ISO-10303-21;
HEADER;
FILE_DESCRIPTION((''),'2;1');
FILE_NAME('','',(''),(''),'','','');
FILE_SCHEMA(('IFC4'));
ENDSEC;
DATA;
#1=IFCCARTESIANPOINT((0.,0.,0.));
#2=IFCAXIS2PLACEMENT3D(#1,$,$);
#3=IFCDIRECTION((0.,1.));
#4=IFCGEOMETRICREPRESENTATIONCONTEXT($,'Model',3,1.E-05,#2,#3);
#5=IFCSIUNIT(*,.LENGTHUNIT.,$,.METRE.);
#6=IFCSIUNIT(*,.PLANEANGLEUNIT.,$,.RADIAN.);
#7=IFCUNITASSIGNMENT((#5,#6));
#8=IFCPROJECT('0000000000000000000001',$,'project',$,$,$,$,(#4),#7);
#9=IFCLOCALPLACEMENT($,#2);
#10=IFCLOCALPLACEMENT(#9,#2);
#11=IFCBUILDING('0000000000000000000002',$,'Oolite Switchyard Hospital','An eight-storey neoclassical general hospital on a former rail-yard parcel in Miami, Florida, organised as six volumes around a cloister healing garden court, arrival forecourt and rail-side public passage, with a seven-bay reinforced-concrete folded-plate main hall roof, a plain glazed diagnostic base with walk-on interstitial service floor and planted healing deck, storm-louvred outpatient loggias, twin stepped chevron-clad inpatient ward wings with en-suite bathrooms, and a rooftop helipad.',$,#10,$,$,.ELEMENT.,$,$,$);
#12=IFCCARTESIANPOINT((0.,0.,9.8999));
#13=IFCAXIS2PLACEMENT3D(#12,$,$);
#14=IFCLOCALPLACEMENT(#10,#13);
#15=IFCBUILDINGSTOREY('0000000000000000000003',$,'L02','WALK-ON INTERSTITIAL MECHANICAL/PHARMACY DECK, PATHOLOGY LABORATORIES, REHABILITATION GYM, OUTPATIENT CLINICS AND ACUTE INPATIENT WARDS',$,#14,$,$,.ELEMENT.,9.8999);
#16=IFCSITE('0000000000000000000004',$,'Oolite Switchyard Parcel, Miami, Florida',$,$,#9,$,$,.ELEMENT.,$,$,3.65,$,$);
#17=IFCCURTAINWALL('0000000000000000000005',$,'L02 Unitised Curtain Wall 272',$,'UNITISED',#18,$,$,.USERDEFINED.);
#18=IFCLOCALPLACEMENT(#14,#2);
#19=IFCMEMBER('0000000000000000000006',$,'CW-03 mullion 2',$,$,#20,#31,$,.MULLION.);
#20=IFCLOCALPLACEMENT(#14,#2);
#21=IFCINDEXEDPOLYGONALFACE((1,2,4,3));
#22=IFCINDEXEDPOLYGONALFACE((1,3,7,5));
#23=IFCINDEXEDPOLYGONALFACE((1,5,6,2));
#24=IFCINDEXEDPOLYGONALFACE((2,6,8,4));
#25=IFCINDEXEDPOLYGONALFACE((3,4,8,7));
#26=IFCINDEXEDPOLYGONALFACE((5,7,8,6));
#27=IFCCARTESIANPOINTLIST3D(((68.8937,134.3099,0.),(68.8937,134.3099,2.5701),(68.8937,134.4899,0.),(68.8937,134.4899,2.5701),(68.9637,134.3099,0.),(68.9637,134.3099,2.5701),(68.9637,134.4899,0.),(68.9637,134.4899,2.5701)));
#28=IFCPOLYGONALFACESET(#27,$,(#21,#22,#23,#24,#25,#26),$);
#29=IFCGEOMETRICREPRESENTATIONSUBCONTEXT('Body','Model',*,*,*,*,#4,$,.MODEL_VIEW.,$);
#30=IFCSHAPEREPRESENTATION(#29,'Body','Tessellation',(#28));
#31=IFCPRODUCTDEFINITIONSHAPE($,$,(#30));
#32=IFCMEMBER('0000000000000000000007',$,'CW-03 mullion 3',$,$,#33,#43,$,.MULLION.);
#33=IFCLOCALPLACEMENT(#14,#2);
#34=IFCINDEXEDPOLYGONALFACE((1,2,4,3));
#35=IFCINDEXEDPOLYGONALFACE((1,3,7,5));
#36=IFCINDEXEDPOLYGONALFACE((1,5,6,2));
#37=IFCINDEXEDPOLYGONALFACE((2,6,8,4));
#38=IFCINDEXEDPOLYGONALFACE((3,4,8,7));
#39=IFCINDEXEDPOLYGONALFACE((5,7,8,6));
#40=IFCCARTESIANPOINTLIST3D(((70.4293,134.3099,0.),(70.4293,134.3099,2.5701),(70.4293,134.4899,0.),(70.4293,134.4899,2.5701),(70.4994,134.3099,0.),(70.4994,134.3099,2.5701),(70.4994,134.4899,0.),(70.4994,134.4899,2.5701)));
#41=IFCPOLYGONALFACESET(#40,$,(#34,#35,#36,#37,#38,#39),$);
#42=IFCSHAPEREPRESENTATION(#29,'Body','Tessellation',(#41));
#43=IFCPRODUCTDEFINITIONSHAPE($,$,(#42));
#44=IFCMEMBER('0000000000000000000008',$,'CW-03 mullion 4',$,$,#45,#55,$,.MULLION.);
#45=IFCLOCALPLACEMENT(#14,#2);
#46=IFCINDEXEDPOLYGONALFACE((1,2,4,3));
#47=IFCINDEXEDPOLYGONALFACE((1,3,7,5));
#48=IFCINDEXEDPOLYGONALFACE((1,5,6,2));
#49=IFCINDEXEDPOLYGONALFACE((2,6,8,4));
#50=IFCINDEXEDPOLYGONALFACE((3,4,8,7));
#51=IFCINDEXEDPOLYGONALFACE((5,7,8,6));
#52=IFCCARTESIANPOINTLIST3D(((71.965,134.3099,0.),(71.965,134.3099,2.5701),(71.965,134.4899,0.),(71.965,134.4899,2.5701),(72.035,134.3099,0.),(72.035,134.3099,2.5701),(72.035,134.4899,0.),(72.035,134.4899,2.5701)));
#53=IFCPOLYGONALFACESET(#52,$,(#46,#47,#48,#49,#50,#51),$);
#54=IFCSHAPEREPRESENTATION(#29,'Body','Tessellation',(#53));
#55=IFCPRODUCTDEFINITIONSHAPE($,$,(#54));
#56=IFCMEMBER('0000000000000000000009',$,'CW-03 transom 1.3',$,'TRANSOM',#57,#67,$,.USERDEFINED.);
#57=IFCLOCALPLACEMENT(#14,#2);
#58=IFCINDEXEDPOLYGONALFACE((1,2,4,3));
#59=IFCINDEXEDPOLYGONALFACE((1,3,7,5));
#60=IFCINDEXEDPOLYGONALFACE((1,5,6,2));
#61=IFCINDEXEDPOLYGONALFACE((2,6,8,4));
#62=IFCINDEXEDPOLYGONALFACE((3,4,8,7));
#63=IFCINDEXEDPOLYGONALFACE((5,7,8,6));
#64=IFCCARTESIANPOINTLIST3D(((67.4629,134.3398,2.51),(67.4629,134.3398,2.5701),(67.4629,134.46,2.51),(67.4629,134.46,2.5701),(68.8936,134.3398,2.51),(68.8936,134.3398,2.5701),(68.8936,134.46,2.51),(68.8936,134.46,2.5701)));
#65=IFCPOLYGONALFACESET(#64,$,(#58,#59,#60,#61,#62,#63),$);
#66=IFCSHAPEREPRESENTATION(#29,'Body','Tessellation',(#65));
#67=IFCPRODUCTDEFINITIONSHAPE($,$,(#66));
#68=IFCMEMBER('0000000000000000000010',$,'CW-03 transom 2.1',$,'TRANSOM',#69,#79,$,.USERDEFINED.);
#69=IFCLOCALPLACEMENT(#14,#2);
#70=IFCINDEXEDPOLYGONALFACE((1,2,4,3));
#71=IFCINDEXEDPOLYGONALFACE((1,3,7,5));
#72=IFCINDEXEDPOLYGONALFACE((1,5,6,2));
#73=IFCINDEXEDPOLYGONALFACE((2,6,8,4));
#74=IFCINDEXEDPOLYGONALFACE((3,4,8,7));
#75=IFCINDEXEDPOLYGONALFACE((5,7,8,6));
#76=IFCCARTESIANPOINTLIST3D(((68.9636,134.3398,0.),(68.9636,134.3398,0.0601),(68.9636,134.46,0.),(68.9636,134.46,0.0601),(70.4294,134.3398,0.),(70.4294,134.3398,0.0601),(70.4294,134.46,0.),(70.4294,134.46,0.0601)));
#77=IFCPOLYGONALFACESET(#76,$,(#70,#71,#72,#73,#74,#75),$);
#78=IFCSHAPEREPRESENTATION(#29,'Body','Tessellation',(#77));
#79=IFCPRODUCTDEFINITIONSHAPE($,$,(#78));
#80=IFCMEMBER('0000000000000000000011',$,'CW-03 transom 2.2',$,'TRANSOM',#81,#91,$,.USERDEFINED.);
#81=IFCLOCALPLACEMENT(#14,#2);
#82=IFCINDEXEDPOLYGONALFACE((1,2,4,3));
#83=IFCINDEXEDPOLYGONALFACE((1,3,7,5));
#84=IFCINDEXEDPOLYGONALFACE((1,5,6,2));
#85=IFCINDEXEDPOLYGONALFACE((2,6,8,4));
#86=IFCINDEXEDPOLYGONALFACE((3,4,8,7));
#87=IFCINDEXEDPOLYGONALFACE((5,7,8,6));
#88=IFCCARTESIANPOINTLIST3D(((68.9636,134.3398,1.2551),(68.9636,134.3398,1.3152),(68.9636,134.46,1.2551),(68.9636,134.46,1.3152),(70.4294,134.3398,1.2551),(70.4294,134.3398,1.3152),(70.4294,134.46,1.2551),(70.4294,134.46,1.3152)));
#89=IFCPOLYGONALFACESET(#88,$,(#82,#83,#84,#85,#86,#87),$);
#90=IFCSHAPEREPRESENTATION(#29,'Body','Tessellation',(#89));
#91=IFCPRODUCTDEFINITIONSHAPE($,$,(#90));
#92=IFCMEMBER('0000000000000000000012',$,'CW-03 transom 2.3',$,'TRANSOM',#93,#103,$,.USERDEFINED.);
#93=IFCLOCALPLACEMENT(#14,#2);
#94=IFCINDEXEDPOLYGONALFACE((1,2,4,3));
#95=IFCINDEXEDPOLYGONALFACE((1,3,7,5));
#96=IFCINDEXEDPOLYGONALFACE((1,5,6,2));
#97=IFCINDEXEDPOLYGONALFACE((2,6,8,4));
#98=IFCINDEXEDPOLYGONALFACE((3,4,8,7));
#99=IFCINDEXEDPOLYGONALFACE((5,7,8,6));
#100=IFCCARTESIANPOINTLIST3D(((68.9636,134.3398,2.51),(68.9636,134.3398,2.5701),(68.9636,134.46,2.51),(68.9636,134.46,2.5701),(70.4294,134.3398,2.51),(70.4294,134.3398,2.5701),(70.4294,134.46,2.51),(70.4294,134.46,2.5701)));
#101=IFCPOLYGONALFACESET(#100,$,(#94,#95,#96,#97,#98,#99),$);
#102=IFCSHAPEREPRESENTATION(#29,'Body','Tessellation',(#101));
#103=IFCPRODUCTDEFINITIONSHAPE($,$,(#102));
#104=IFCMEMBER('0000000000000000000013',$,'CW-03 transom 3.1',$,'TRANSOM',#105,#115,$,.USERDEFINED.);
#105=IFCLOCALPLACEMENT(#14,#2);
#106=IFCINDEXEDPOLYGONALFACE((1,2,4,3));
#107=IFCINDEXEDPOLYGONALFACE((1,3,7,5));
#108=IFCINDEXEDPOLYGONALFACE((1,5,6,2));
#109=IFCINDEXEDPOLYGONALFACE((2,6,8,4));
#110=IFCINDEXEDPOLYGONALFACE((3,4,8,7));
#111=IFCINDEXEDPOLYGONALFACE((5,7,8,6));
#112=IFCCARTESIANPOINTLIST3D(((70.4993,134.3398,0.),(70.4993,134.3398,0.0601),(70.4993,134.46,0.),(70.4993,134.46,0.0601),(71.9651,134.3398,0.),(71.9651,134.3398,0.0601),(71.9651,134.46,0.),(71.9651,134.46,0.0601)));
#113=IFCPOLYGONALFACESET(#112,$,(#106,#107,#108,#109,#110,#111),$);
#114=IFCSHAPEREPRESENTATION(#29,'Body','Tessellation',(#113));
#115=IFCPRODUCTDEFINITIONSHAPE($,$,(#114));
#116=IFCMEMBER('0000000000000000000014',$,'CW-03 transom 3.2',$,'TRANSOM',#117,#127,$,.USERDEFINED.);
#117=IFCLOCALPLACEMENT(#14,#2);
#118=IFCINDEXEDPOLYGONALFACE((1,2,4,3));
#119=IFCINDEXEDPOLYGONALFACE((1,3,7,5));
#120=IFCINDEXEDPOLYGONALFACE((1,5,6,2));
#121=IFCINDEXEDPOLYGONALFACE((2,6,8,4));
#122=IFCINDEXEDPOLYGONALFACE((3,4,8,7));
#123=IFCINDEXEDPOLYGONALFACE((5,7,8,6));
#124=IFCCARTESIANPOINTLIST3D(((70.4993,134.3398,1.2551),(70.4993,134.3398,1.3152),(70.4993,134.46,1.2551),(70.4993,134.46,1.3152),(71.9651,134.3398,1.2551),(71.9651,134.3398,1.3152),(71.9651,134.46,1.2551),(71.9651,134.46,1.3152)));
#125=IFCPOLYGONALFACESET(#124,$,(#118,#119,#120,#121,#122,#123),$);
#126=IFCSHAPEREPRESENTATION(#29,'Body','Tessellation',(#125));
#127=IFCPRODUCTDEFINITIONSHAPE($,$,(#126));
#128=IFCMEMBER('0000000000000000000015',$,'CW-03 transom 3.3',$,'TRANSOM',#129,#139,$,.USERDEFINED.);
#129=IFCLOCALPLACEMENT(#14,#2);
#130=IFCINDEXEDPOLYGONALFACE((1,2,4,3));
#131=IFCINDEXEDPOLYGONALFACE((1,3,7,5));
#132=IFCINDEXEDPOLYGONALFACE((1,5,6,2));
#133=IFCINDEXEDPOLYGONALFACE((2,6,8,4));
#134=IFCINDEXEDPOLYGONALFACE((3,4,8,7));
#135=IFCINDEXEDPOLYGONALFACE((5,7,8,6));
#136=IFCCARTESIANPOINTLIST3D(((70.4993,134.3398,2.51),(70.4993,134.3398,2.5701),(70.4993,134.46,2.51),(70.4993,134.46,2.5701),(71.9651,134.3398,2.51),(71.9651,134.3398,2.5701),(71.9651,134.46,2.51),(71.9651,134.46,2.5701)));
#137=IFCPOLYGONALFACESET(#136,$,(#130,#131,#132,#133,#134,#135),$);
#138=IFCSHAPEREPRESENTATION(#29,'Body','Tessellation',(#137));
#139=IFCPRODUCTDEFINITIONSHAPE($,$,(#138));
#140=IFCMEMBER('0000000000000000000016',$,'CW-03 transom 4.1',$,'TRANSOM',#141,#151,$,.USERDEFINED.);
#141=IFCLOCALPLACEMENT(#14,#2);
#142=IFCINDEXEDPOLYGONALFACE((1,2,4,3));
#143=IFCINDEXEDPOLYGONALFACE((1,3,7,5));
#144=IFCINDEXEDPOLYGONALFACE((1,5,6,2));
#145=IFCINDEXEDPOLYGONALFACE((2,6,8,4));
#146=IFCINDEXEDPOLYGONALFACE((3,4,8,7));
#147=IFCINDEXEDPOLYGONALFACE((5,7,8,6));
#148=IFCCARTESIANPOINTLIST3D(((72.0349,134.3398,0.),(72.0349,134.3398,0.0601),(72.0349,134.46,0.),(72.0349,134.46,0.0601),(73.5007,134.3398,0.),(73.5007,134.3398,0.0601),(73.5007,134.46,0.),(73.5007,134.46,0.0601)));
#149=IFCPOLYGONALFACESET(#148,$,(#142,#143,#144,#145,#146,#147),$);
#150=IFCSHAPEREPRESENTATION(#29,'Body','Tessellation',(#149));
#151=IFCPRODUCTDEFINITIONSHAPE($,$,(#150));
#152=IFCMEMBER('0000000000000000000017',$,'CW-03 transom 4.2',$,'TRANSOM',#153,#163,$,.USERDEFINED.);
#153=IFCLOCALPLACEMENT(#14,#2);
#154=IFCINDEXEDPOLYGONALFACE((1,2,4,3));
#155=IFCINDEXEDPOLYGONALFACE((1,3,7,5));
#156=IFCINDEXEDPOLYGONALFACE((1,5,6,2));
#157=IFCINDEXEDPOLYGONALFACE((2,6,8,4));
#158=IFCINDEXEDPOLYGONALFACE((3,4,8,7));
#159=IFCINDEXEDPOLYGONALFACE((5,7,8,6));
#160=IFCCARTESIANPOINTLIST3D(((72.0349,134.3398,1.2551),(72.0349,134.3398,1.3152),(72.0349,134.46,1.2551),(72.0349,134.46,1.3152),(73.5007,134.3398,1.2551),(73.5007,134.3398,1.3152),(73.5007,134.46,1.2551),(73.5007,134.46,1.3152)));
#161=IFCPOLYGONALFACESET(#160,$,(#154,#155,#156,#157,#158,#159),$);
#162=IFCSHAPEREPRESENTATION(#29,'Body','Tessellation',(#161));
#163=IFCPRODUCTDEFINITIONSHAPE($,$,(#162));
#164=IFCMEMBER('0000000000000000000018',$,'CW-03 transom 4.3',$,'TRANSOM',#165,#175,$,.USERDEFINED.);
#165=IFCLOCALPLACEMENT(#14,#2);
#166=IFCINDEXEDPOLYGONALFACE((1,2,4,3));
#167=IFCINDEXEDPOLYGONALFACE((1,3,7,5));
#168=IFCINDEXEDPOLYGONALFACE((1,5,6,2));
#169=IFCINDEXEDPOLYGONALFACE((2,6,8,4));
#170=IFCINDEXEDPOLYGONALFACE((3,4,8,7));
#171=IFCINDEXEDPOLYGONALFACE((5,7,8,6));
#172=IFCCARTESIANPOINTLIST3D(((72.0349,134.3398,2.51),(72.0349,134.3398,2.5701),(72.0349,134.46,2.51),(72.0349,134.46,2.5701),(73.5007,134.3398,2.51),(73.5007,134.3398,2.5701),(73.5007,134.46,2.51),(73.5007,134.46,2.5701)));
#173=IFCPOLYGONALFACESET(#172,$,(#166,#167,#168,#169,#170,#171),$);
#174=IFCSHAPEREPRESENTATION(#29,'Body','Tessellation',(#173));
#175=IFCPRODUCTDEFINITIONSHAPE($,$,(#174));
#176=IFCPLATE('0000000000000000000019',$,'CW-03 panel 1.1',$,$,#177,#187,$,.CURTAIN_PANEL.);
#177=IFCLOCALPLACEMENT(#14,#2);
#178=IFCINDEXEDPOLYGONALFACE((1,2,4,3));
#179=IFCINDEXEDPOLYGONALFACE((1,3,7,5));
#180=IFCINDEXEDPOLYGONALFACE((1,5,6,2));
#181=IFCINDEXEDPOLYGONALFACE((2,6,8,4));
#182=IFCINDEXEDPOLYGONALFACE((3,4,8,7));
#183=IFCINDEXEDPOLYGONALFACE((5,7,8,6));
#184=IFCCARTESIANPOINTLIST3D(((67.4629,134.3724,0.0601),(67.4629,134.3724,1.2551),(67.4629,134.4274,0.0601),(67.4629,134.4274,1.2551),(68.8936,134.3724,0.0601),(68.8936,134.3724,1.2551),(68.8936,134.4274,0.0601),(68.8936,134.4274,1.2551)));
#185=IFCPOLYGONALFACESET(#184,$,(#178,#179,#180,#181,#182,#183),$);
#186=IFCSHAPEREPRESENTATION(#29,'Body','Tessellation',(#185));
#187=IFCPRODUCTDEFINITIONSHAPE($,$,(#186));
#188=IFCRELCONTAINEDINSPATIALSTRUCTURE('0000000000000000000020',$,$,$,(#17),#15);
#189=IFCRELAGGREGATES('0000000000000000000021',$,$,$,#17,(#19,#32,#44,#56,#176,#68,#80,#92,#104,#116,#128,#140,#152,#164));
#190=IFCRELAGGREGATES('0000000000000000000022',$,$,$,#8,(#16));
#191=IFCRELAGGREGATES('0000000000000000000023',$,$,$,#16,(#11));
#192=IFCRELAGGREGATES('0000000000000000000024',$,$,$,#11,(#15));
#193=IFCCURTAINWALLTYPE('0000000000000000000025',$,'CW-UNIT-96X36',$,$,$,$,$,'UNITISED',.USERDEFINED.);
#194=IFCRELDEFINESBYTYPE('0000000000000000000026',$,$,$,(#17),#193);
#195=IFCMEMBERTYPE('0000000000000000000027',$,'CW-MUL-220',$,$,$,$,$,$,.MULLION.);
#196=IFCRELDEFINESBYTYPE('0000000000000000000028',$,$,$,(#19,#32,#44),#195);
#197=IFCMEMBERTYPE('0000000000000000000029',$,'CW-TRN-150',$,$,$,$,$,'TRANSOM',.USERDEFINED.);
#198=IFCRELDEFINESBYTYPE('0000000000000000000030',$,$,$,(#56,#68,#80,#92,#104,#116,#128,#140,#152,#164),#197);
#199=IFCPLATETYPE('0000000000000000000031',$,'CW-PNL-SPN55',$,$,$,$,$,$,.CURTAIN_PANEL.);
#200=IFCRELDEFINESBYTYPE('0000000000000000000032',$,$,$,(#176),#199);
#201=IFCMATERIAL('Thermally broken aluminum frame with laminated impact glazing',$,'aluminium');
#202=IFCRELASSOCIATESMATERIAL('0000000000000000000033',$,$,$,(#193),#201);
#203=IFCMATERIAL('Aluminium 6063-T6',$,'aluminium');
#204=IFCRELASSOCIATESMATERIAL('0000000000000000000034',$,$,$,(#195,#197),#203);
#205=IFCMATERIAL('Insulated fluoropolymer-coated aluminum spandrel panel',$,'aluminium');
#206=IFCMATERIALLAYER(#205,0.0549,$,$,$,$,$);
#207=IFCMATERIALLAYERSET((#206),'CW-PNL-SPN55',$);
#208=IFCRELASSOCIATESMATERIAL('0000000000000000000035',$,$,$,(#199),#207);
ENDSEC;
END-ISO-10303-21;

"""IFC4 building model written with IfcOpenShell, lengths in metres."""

from ifc_helpers import new_model, si_unit, direction, frame, origin, origin_2d, place, context, subcontext, project, spatial, rectangle, extrude, material, layer, layer_set, material_profile, profile_set, type_object, element, aggregate, save


model = new_model("IFC4")

# Units and contexts
model_context = context("Model", 3, precision=1e-05, world=origin(), true_north=direction((0.0, 1.0)))
body_context = subcontext(model_context, "Body", "Model", "MODEL_VIEW")
ifc_project = project(units=[si_unit("LENGTHUNIT", "METRE"), si_unit("PLANEANGLEUNIT", "RADIAN")], contexts=[model_context])

# Site, building, storey
site_placement = place(None, origin())
site = spatial("IfcSite", under=ifc_project, at=site_placement, Name="Oolite Switchyard Parcel, Miami, Florida", CompositionType="ELEMENT", RefElevation=3.65)
building_placement = place(site_placement, origin())
building = spatial("IfcBuilding", under=site, at=building_placement, Name="Oolite Switchyard Hospital", Description="An eight-storey neoclassical general hospital on a former rail-yard parcel in Miami, Florida, organised as six volumes around a cloister healing garden court, arrival forecourt and rail-side public passage, with a seven-bay reinforced-concrete folded-plate main hall roof, a plain glazed diagnostic base with walk-on interstitial service floor and planted healing deck, storm-louvred outpatient loggias, twin stepped chevron-clad inpatient ward wings with en-suite bathrooms, and a rooftop helipad.", CompositionType="ELEMENT")
storey_placement = place(building_placement, frame((0.0, 0.0, 9.8999)))
storey = spatial("IfcBuildingStorey", under=building, at=storey_placement, Name="L02", Description="WALK-ON INTERSTITIAL MECHANICAL/PHARMACY DECK, PATHOLOGY LABORATORIES, REHABILITATION GYM, OUTPATIENT CLINICS AND ACUTE INPATIENT WARDS", CompositionType="ELEMENT", Elevation=9.8999)

# Curtain wall, members, plate
ifc_material_1 = material(Name="Thermally broken aluminum frame with laminated impact glazing", Category="aluminium")
curtain_wall_type = type_object("IfcCurtainWallType", Name="CW-UNIT-96X36", ElementType="UNITISED", PredefinedType="USERDEFINED", material=ifc_material_1)
curtain_wall_placement = place(storey_placement, origin())
curtain_wall = element("IfcCurtainWall", 1, at=curtain_wall_placement, inside=storey, type_object=curtain_wall_type, Name="L02 Unitised Curtain Wall 272", ObjectType="UNITISED", PredefinedType="USERDEFINED")
ifc_material_2 = material(Name="Aluminium 6063-T6", Category="aluminium")
ifc_material_profile_1 = material_profile(ifc_material_2, rectangle(XDim=0.1799, YDim=0.0701, at=origin_2d()), Name="CWM70X180")
ifc_profile_set_1 = profile_set([ifc_material_profile_1], Name="Aluminium 6063-T6")
member_type_1 = type_object("IfcMemberType", Name="CW-MUL-220", PredefinedType="MULLION", material=ifc_profile_set_1)
member_1_placement = place(storey_placement, frame((68.9287, 134.3999, 0.0), z_axis=(0.0, 0.0, 1.0), x_axis=(0.0, 1.0, 0.0)))
member_1 = element("IfcMember", 2, at=member_1_placement, type_object=member_type_1, Name="CW-03 mullion 2", PredefinedType="MULLION", context=body_context, shape_type="SweptSolid", body=[
    extrude(rectangle(XDim=0.1799, YDim=0.0701, at=origin_2d()), origin(), (0.0, 0.0, 1.0), 2.5701),
])
member_2_placement = place(storey_placement, frame((70.4644, 134.3999, 0.0), z_axis=(0.0, 0.0, 1.0), x_axis=(0.0, 1.0, 0.0)))
member_2 = element("IfcMember", 3, at=member_2_placement, type_object=member_type_1, Name="CW-03 mullion 3", PredefinedType="MULLION", context=body_context, shape_type="SweptSolid", body=[
    extrude(rectangle(XDim=0.1799, YDim=0.0701, at=origin_2d()), origin(), (0.0, 0.0, 1.0), 2.5701),
])
member_3_placement = place(storey_placement, frame((72.0, 134.3999, 0.0), z_axis=(0.0, 0.0, 1.0), x_axis=(0.0, 1.0, 0.0)))
member_3 = element("IfcMember", 4, at=member_3_placement, type_object=member_type_1, Name="CW-03 mullion 4", PredefinedType="MULLION", context=body_context, shape_type="SweptSolid", body=[
    extrude(rectangle(XDim=0.1799, YDim=0.0701, at=origin_2d()), origin(), (0.0, 0.0, 1.0), 2.5701),
])
ifc_material_profile_2 = material_profile(ifc_material_2, rectangle(XDim=0.1201, YDim=0.0601, at=origin_2d()), Name="CWT60X120")
ifc_profile_set_2 = profile_set([ifc_material_profile_2], Name="Aluminium 6063-T6")
member_type_2 = type_object("IfcMemberType", Name="CW-TRN-150", ElementType="TRANSOM", PredefinedType="USERDEFINED", material=ifc_profile_set_2)
member_4_placement = place(storey_placement, frame((67.4629, 134.3999, 2.54), z_axis=(1.0, 0.0, 0.0), x_axis=(0.0, 1.0, 0.0)))
member_4 = element("IfcMember", 5, at=member_4_placement, type_object=member_type_2, Name="CW-03 transom 1.3", ObjectType="TRANSOM", PredefinedType="USERDEFINED", context=body_context, shape_type="SweptSolid", body=[
    extrude(rectangle(XDim=0.1201, YDim=0.0601, at=origin_2d()), origin(), (0.0, 0.0, 1.0), 1.4307),
])
member_5_placement = place(storey_placement, frame((68.9636, 134.3999, 0.03), z_axis=(1.0, 0.0, 0.0), x_axis=(0.0, 1.0, 0.0)))
member_5 = element("IfcMember", 6, at=member_5_placement, type_object=member_type_2, Name="CW-03 transom 2.1", ObjectType="TRANSOM", PredefinedType="USERDEFINED", context=body_context, shape_type="SweptSolid", body=[
    extrude(rectangle(XDim=0.1201, YDim=0.0601, at=origin_2d()), origin(), (0.0, 0.0, 1.0), 1.4658),
])
member_6_placement = place(storey_placement, frame((68.9636, 134.3999, 1.2852), z_axis=(1.0, 0.0, 0.0), x_axis=(0.0, 1.0, 0.0)))
member_6 = element("IfcMember", 7, at=member_6_placement, type_object=member_type_2, Name="CW-03 transom 2.2", ObjectType="TRANSOM", PredefinedType="USERDEFINED", context=body_context, shape_type="SweptSolid", body=[
    extrude(rectangle(XDim=0.1201, YDim=0.0601, at=origin_2d()), origin(), (0.0, 0.0, 1.0), 1.4658),
])
member_7_placement = place(storey_placement, frame((68.9636, 134.3999, 2.54), z_axis=(1.0, 0.0, 0.0), x_axis=(0.0, 1.0, 0.0)))
member_7 = element("IfcMember", 8, at=member_7_placement, type_object=member_type_2, Name="CW-03 transom 2.3", ObjectType="TRANSOM", PredefinedType="USERDEFINED", context=body_context, shape_type="SweptSolid", body=[
    extrude(rectangle(XDim=0.1201, YDim=0.0601, at=origin_2d()), origin(), (0.0, 0.0, 1.0), 1.4658),
])
member_8_placement = place(storey_placement, frame((70.4993, 134.3999, 0.03), z_axis=(1.0, 0.0, 0.0), x_axis=(0.0, 1.0, 0.0)))
member_8 = element("IfcMember", 9, at=member_8_placement, type_object=member_type_2, Name="CW-03 transom 3.1", ObjectType="TRANSOM", PredefinedType="USERDEFINED", context=body_context, shape_type="SweptSolid", body=[
    extrude(rectangle(XDim=0.1201, YDim=0.0601, at=origin_2d()), origin(), (0.0, 0.0, 1.0), 1.4658),
])
member_9_placement = place(storey_placement, frame((70.4993, 134.3999, 1.2852), z_axis=(1.0, 0.0, 0.0), x_axis=(0.0, 1.0, 0.0)))
member_9 = element("IfcMember", 10, at=member_9_placement, type_object=member_type_2, Name="CW-03 transom 3.2", ObjectType="TRANSOM", PredefinedType="USERDEFINED", context=body_context, shape_type="SweptSolid", body=[
    extrude(rectangle(XDim=0.1201, YDim=0.0601, at=origin_2d()), origin(), (0.0, 0.0, 1.0), 1.4658),
])
member_10_placement = place(storey_placement, frame((70.4993, 134.3999, 2.54), z_axis=(1.0, 0.0, 0.0), x_axis=(0.0, 1.0, 0.0)))
member_10 = element("IfcMember", 11, at=member_10_placement, type_object=member_type_2, Name="CW-03 transom 3.3", ObjectType="TRANSOM", PredefinedType="USERDEFINED", context=body_context, shape_type="SweptSolid", body=[
    extrude(rectangle(XDim=0.1201, YDim=0.0601, at=origin_2d()), origin(), (0.0, 0.0, 1.0), 1.4658),
])
member_11_placement = place(storey_placement, frame((72.0349, 134.3999, 0.03), z_axis=(1.0, 0.0, 0.0), x_axis=(0.0, 1.0, 0.0)))
member_11 = element("IfcMember", 12, at=member_11_placement, type_object=member_type_2, Name="CW-03 transom 4.1", ObjectType="TRANSOM", PredefinedType="USERDEFINED", context=body_context, shape_type="SweptSolid", body=[
    extrude(rectangle(XDim=0.1201, YDim=0.0601, at=origin_2d()), origin(), (0.0, 0.0, 1.0), 1.4658),
])
member_12_placement = place(storey_placement, frame((72.0349, 134.3999, 1.2852), z_axis=(1.0, 0.0, 0.0), x_axis=(0.0, 1.0, 0.0)))
member_12 = element("IfcMember", 13, at=member_12_placement, type_object=member_type_2, Name="CW-03 transom 4.2", ObjectType="TRANSOM", PredefinedType="USERDEFINED", context=body_context, shape_type="SweptSolid", body=[
    extrude(rectangle(XDim=0.1201, YDim=0.0601, at=origin_2d()), origin(), (0.0, 0.0, 1.0), 1.4658),
])
member_13_placement = place(storey_placement, frame((72.0349, 134.3999, 2.54), z_axis=(1.0, 0.0, 0.0), x_axis=(0.0, 1.0, 0.0)))
member_13 = element("IfcMember", 14, at=member_13_placement, type_object=member_type_2, Name="CW-03 transom 4.3", ObjectType="TRANSOM", PredefinedType="USERDEFINED", context=body_context, shape_type="SweptSolid", body=[
    extrude(rectangle(XDim=0.1201, YDim=0.0601, at=origin_2d()), origin(), (0.0, 0.0, 1.0), 1.4658),
])
ifc_material_3 = material(Name="Insulated fluoropolymer-coated aluminum spandrel panel", Category="aluminium")
ifc_layer = layer(ifc_material_3, 0.0549)
ifc_layer_set = layer_set([ifc_layer], Name="CW-PNL-SPN55")
plate_type = type_object("IfcPlateType", Name="CW-PNL-SPN55", PredefinedType="CURTAIN_PANEL", material=ifc_layer_set)
plate_1_placement = place(storey_placement, frame((68.1782, 134.3999, 0.0601), z_axis=(0.0, 0.0, 1.0), x_axis=(1.0, 0.0, 0.0)))
plate_1 = element("IfcPlate", 15, at=plate_1_placement, type_object=plate_type, Name="CW-03 panel 1.1", PredefinedType="CURTAIN_PANEL", context=body_context, shape_type="SweptSolid", body=[
    extrude(rectangle(XDim=1.4307, YDim=0.0549, at=origin_2d()), origin(), (0.0, 0.0, 1.0), 1.1951),
])
aggregate(curtain_wall, [member_1, member_2, member_3, member_4, plate_1, member_5, member_6, member_7, member_8, member_9, member_10, member_11, member_12, member_13])

save(model, "model.ifc")
